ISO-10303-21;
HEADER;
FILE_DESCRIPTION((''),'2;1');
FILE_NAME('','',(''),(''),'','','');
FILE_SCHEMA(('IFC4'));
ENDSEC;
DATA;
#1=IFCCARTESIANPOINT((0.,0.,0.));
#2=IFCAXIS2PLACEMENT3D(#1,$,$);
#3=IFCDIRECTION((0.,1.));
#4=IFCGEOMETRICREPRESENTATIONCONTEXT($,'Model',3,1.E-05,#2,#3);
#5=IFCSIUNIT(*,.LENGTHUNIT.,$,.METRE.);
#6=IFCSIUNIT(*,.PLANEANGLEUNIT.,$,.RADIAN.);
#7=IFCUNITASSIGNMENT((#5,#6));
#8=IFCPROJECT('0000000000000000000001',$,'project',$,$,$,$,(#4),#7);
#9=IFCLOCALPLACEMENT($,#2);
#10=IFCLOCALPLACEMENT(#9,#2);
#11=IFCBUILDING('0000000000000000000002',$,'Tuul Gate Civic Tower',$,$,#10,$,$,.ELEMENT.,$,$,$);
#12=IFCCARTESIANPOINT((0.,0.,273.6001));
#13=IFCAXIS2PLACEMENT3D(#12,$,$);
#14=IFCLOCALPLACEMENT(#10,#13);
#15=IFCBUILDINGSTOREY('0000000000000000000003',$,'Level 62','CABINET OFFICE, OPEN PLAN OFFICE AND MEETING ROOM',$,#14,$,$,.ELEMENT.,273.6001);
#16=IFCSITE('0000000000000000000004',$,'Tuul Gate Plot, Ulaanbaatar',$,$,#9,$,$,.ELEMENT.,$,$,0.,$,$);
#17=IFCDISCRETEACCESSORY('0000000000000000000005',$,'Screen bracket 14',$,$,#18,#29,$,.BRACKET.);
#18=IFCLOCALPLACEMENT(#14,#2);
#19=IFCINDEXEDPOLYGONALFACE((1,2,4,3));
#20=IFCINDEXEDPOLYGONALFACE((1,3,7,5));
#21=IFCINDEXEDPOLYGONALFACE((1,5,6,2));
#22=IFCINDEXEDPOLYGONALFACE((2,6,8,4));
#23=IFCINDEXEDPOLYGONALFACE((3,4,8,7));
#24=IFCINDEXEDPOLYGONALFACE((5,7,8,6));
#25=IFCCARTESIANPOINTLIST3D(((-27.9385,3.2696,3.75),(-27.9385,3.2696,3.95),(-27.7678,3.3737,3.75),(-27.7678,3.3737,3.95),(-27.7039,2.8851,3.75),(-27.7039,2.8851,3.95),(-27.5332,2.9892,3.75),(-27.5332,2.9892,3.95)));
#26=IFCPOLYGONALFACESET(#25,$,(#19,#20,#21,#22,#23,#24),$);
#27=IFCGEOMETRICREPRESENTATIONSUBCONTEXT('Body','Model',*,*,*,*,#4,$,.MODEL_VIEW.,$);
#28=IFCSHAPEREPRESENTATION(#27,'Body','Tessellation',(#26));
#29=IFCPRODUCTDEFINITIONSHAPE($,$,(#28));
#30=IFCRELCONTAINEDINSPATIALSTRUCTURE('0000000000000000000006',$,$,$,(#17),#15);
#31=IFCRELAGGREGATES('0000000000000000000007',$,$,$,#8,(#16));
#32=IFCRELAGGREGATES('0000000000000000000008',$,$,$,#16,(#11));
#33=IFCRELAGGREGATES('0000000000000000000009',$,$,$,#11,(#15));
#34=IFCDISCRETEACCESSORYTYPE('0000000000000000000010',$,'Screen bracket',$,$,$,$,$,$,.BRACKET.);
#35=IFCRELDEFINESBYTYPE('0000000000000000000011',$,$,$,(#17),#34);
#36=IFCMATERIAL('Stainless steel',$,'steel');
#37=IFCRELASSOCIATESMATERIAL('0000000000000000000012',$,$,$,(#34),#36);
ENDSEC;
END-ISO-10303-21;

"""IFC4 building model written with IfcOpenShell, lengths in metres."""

from ifc_helpers import new_model, si_unit, direction, frame, origin, origin_2d, place, context, subcontext, project, spatial, rectangle, extrude, material, type_object, element, save


model = new_model("IFC4")

# Units and contexts
model_context = context("Model", 3, precision=1e-05, world=origin(), true_north=direction((0.0, 1.0)))
body_context = subcontext(model_context, "Body", "Model", "MODEL_VIEW")
ifc_project = project(units=[si_unit("LENGTHUNIT", "METRE"), si_unit("PLANEANGLEUNIT", "RADIAN")], contexts=[model_context])

# Site, building, storey
site_placement = place(None, origin())
site = spatial("IfcSite", under=ifc_project, at=site_placement, Name="Tuul Gate Plot, Ulaanbaatar", CompositionType="ELEMENT", RefElevation=0.0)
building_placement = place(site_placement, origin())
building = spatial("IfcBuilding", under=site, at=building_placement, Name="Tuul Gate Civic Tower", CompositionType="ELEMENT")
storey_placement = place(building_placement, frame((0.0, 0.0, 273.6001)))
storey = spatial("IfcBuildingStorey", under=building, at=storey_placement, Name="Level 62", Description="CABINET OFFICE, OPEN PLAN OFFICE AND MEETING ROOM", CompositionType="ELEMENT", Elevation=273.6001)

# Discrete accessory
ifc_material_1 = material(Name="Stainless steel", Category="steel")
discrete_accessory_type_1 = type_object("IfcDiscreteAccessoryType", Name="Screen bracket", PredefinedType="BRACKET", material=ifc_material_1)
discrete_accessory_1_placement = place(storey_placement, frame((-27.7358, 3.1294, 3.75), z_axis=(0.0, 0.0, 1.0), x_axis=(-0.520724, 0.853725, 0.0)))
element("IfcDiscreteAccessory", 1, at=discrete_accessory_1_placement, inside=storey, type_object=discrete_accessory_type_1, Name="Screen bracket 14", PredefinedType="BRACKET", context=body_context, shape_type="SweptSolid", body=[
    extrude(rectangle(XDim=0.4504, YDim=0.2, at=origin_2d()), origin(), (0.0, 0.0, 1.0), 0.2),
])

save(model, "model.ifc")
